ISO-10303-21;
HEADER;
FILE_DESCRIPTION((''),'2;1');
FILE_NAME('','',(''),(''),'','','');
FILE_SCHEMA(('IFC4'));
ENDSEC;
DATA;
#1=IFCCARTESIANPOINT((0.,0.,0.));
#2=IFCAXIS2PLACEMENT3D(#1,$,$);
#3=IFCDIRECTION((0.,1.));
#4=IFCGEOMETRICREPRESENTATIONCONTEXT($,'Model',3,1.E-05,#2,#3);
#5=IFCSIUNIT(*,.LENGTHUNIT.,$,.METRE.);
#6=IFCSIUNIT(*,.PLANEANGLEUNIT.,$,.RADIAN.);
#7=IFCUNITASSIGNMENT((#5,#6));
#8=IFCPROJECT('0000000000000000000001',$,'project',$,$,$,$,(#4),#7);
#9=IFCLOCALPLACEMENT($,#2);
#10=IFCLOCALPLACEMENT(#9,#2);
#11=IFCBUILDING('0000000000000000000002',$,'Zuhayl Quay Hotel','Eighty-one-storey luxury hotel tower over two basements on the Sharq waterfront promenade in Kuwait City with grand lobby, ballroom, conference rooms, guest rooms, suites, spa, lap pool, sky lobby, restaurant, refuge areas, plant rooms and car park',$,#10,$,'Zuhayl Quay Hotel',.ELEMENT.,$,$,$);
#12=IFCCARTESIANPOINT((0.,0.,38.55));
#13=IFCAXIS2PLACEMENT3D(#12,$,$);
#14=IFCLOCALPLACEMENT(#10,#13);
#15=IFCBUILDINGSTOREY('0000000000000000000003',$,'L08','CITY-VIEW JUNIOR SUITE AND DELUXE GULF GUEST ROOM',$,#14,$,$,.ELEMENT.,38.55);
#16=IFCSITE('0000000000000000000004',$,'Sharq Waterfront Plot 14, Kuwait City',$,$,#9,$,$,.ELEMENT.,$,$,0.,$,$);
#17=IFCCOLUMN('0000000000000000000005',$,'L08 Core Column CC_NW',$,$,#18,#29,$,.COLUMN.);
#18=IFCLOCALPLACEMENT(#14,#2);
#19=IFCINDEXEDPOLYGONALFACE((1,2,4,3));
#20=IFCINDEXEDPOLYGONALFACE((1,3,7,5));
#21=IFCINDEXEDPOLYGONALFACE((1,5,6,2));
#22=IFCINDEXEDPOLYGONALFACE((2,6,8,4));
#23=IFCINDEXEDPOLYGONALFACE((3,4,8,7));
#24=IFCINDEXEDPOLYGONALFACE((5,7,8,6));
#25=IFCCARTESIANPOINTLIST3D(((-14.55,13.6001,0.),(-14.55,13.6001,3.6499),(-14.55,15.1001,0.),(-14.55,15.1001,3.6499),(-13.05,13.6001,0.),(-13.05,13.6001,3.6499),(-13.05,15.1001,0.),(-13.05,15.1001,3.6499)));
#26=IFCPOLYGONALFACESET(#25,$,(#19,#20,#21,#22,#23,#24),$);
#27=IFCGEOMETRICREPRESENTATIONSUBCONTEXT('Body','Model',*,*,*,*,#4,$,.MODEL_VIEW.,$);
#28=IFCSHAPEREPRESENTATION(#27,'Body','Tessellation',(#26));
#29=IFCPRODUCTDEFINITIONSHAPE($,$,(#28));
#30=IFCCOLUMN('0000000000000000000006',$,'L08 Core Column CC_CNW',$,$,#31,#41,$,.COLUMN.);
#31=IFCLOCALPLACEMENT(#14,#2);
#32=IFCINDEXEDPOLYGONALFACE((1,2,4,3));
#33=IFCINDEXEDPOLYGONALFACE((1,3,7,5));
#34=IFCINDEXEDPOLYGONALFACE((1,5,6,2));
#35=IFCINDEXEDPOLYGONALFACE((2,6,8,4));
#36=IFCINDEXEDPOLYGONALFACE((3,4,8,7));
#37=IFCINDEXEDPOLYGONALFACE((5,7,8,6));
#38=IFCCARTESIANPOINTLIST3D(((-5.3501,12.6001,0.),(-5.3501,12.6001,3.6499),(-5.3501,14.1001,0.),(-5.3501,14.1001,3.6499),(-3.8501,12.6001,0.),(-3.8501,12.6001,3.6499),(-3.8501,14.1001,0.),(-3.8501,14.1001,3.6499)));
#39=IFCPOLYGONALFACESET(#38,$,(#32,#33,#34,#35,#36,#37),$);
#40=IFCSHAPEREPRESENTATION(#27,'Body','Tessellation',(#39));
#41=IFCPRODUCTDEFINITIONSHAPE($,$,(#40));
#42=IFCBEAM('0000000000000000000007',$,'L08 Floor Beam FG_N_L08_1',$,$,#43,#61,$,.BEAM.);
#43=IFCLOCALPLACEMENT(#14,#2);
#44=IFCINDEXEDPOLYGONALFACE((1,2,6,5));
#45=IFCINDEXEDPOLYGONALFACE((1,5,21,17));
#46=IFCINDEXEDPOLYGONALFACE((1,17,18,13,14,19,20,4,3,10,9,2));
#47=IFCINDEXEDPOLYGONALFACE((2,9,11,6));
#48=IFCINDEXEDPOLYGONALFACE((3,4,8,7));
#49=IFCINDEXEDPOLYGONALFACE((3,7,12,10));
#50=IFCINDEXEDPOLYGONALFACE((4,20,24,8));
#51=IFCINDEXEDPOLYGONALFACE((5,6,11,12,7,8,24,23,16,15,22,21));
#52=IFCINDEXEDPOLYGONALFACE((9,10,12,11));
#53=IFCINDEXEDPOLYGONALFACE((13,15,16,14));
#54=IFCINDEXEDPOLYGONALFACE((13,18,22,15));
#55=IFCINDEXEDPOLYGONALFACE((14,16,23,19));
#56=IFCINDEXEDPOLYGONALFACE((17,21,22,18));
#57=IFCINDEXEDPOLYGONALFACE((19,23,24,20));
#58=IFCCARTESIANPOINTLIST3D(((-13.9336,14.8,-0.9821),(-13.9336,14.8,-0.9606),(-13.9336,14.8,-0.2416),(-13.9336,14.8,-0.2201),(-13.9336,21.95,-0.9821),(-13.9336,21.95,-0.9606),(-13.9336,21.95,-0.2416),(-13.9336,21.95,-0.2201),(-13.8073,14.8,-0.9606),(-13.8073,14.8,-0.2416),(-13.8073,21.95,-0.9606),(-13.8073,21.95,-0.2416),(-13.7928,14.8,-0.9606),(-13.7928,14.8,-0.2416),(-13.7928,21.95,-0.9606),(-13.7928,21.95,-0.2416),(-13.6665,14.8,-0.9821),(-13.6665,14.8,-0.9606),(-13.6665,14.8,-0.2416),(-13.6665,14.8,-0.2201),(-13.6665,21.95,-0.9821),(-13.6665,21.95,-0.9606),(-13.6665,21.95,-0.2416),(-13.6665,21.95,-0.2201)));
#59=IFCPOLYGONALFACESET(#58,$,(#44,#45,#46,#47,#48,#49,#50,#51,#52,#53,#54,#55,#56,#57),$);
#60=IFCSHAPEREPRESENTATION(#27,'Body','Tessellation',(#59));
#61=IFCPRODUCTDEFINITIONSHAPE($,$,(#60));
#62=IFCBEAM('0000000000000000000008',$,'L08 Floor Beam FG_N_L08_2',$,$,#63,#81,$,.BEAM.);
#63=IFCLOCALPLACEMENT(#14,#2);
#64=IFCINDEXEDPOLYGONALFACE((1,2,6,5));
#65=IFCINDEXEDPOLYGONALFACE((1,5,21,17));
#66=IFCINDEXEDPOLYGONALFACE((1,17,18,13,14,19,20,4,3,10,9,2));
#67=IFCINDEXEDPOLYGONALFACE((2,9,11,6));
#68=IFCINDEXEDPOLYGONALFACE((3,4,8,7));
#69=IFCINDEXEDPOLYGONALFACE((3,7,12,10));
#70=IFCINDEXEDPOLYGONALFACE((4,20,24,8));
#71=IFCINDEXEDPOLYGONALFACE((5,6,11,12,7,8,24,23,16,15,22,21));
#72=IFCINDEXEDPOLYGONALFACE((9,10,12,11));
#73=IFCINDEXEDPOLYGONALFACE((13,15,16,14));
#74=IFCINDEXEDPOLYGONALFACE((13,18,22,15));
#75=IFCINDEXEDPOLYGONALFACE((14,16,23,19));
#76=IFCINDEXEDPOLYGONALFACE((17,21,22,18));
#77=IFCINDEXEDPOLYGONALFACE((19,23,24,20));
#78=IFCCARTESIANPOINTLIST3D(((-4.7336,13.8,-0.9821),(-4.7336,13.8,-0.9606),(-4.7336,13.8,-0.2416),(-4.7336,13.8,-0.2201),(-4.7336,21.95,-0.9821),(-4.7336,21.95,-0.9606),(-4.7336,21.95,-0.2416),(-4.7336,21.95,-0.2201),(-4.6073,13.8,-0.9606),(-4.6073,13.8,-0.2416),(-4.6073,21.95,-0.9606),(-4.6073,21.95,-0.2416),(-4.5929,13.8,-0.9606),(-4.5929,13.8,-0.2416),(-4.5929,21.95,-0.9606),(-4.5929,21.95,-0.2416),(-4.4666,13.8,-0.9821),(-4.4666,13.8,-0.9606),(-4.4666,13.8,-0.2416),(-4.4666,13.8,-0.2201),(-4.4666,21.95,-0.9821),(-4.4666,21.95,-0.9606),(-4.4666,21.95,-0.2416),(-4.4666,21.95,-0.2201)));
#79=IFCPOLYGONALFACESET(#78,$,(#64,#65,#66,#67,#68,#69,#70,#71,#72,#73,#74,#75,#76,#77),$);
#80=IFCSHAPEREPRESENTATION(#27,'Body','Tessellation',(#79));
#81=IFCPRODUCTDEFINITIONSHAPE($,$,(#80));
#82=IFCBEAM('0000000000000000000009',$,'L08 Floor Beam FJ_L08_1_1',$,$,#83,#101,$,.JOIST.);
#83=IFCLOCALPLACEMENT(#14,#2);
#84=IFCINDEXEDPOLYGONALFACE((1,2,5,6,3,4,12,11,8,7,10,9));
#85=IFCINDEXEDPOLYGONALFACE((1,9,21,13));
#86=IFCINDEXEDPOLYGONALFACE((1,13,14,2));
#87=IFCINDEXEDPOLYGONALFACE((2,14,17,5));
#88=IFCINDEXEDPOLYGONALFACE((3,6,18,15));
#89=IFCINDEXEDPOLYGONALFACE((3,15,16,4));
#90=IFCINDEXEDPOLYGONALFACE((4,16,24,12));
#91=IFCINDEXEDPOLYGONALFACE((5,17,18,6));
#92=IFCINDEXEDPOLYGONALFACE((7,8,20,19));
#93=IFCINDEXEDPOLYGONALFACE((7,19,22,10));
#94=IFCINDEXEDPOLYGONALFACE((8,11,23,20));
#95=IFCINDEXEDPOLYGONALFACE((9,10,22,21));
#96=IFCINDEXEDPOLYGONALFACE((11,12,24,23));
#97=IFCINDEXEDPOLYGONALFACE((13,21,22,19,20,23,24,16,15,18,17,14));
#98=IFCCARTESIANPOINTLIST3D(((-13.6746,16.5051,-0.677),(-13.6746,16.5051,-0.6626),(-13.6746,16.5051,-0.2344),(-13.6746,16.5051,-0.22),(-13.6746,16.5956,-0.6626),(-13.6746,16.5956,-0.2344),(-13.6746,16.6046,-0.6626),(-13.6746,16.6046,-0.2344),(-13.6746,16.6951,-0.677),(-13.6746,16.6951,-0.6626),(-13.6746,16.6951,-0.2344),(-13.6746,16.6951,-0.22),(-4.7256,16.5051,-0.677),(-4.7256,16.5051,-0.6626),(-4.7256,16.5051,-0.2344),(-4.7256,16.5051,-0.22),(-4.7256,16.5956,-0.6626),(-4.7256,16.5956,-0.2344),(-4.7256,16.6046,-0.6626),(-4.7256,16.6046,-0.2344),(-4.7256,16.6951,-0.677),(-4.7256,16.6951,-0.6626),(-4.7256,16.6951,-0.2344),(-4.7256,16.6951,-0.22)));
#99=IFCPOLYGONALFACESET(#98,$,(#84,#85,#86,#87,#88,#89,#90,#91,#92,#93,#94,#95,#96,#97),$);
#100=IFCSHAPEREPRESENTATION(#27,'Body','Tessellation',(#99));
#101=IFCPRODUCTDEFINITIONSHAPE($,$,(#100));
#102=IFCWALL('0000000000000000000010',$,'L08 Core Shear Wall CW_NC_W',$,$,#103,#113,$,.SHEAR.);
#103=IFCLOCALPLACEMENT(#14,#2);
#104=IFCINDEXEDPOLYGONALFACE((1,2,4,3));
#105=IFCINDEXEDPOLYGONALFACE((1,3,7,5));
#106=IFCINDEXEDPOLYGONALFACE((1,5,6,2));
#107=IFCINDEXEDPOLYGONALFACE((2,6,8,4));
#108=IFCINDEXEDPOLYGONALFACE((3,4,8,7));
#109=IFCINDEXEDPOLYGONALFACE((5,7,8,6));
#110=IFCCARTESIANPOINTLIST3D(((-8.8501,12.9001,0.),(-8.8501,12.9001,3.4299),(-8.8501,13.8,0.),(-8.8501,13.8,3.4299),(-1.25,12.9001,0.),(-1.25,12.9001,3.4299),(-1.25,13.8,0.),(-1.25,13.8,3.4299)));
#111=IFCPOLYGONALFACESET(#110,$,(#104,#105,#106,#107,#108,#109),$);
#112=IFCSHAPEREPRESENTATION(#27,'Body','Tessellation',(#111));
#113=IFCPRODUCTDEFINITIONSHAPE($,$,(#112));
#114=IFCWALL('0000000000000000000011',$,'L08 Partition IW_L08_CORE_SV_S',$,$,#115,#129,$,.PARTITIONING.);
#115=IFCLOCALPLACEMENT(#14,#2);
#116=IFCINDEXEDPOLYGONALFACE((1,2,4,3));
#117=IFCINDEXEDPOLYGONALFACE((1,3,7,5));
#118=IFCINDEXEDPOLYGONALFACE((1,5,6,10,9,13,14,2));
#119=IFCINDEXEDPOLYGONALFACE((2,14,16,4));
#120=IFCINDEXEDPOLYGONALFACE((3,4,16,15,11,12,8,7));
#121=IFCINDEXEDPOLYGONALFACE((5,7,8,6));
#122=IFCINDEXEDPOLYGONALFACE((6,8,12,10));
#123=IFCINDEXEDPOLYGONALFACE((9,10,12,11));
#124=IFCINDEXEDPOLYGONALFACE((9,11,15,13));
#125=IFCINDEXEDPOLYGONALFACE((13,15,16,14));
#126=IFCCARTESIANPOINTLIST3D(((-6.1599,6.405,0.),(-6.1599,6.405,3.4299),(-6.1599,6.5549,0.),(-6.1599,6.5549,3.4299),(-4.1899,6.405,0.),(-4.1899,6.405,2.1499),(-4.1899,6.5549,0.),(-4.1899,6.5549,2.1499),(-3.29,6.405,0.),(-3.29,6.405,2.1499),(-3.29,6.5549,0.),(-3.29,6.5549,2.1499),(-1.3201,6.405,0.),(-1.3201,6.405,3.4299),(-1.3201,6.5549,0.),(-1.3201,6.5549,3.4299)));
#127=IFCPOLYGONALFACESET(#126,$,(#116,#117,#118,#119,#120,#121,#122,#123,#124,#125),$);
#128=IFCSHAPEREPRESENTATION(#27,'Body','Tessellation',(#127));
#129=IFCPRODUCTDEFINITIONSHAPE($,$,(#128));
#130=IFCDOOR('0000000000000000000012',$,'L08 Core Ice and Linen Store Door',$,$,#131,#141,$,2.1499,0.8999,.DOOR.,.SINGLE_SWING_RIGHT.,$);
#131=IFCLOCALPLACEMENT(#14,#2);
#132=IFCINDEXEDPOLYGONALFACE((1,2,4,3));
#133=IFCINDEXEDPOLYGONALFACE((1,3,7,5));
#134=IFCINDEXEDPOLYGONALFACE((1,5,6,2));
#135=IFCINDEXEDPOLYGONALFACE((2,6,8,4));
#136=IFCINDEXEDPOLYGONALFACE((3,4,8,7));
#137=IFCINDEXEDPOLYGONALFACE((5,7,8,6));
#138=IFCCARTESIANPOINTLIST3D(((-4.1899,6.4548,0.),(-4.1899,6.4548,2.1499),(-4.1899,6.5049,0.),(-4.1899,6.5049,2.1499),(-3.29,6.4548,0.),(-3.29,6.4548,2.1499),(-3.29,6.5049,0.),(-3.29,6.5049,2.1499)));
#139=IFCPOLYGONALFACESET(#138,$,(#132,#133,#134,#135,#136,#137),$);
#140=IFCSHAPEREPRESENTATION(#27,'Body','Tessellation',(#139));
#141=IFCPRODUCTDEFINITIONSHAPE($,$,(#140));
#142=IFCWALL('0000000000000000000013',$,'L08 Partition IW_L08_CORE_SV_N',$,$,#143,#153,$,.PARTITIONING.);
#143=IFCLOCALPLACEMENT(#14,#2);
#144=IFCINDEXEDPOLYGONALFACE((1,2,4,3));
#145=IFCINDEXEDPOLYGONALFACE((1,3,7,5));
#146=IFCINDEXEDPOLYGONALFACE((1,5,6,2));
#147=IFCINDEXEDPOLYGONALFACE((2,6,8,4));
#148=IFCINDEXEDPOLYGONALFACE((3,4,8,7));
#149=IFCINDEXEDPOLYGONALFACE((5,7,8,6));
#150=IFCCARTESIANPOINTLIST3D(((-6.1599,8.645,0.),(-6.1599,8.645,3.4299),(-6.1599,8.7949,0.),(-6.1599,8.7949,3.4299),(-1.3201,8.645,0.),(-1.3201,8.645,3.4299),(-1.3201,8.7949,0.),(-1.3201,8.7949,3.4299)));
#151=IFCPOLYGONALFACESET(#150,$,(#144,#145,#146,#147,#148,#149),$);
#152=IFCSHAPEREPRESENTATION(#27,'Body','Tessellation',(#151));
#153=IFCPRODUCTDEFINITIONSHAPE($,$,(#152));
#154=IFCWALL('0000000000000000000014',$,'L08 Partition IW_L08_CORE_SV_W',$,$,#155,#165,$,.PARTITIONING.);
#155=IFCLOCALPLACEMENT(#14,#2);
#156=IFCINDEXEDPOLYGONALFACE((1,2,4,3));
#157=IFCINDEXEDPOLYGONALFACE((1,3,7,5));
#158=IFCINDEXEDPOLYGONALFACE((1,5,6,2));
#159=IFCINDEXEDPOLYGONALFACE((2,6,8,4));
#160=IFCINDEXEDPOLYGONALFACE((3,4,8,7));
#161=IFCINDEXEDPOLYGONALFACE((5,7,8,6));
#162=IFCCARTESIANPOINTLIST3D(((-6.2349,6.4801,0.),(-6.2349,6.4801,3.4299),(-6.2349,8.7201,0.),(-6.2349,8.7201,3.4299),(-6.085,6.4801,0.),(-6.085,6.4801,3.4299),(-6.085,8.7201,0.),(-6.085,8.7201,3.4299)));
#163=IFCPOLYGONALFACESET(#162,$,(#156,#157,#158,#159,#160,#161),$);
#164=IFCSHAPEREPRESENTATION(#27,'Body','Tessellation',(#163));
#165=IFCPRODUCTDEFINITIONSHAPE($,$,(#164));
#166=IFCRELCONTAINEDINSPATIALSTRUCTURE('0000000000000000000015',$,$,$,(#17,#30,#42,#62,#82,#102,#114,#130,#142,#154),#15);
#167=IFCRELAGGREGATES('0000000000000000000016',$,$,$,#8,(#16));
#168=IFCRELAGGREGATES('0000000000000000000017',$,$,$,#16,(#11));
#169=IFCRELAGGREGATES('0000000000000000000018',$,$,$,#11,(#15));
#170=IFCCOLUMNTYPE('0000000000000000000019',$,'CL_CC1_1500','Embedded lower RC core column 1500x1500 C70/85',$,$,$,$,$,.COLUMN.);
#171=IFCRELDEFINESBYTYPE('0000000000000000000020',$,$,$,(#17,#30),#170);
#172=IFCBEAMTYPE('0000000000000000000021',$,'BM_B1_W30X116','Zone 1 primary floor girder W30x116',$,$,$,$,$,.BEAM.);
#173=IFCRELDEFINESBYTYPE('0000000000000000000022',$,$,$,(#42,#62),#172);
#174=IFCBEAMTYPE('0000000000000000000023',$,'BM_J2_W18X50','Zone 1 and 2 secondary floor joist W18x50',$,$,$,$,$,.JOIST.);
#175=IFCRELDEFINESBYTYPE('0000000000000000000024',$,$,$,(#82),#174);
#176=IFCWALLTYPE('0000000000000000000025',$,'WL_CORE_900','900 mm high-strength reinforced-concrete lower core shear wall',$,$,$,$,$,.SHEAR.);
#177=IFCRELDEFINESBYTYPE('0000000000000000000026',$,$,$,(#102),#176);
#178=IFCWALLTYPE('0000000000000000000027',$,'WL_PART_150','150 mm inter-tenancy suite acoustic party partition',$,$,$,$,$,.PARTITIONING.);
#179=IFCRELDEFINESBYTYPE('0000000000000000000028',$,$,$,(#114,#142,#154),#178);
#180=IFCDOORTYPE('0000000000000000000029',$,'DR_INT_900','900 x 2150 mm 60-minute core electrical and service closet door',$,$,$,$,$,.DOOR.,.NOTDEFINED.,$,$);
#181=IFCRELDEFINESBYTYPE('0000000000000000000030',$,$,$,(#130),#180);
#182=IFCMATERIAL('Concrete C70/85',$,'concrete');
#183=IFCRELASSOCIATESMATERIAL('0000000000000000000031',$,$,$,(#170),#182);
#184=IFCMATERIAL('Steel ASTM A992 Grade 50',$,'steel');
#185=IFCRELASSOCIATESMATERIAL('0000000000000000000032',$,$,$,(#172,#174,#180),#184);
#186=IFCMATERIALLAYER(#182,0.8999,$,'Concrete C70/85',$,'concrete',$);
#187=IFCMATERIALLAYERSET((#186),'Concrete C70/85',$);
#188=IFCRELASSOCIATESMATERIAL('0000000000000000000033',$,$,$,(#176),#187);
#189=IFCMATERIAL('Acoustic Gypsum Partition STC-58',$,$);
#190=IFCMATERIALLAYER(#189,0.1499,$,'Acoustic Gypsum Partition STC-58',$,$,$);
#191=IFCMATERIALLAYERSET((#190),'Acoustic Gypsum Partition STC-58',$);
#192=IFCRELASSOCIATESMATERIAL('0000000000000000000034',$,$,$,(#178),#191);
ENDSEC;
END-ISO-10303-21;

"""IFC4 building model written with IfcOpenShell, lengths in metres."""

from ifc_helpers import new_model, si_unit, direction, frame, frame_2d, origin, origin_2d, place, context, subcontext, project, spatial, rectangle, i_section, extrude, material, layer, layer_set, material_profile, profile_set, type_object, element, fill, save


model = new_model("IFC4")

# Units and contexts
model_context = context("Model", 3, precision=1e-05, world=origin(), true_north=direction((0.0, 1.0)))
body_context = subcontext(model_context, "Body", "Model", "MODEL_VIEW")
ifc_project = project(units=[si_unit("LENGTHUNIT", "METRE"), si_unit("PLANEANGLEUNIT", "RADIAN")], contexts=[model_context])

# Site, building, storey
site_placement = place(None, origin())
site = spatial("IfcSite", under=ifc_project, at=site_placement, Name="Sharq Waterfront Plot 14, Kuwait City", CompositionType="ELEMENT", RefElevation=0.0)
building_placement = place(site_placement, origin())
building = spatial("IfcBuilding", under=site, at=building_placement, Name="Zuhayl Quay Hotel", Description="Eighty-one-storey luxury hotel tower over two basements on the Sharq waterfront promenade in Kuwait City with grand lobby, ballroom, conference rooms, guest rooms, suites, spa, lap pool, sky lobby, restaurant, refuge areas, plant rooms and car park", LongName="Zuhayl Quay Hotel", CompositionType="ELEMENT")
storey_placement = place(building_placement, frame((0.0, 0.0, 38.55)))
storey = spatial("IfcBuildingStorey", under=building, at=storey_placement, Name="L08", Description="CITY-VIEW JUNIOR SUITE AND DELUXE GULF GUEST ROOM", CompositionType="ELEMENT", Elevation=38.55)

# Columns
ifc_material_1 = material(Name="Concrete C70/85", Category="concrete")
ifc_material_profile_1 = material_profile(ifc_material_1, rectangle(XDim=1.5, YDim=1.5, at=origin_2d()), Name="RC1500X1500")
ifc_profile_set_1 = profile_set([ifc_material_profile_1], Name="Concrete C70/85")
column_type = type_object("IfcColumnType", Name="CL_CC1_1500", Description="Embedded lower RC core column 1500x1500 C70/85", PredefinedType="COLUMN", material=ifc_profile_set_1)
for number, where, z_axis, x_axis, name in (
    (1, (-13.8, 14.3501, 0.0), (0.0, 0.0, 1.0), (1.0, 0.0, 0.0), "L08 Core Column CC_NW"),
    (2, (-4.6001, 13.3501, 0.0), (0.0, 0.0, 1.0), (1.0, 0.0, 0.0), "L08 Core Column CC_CNW"),
):
    element("IfcColumn", number, at=place(storey_placement, frame(where, z_axis=z_axis, x_axis=x_axis)), inside=storey, type_object=column_type, Name=name, PredefinedType="COLUMN", context=body_context, shape_type="SweptSolid", body=[
        extrude(rectangle(XDim=1.5, YDim=1.5, at=origin_2d()), origin(), (0.0, 0.0, 1.0), 3.6499),
    ])

# Beams
ifc_material_2 = material(Name="Steel ASTM A992 Grade 50", Category="steel")
ifc_material_profile_2 = material_profile(ifc_material_2, i_section(OverallWidth=0.2671, OverallDepth=0.762, WebThickness=0.0144, FlangeThickness=0.0215, at=origin_2d()), Name="W30X116")
ifc_profile_set_2 = profile_set([ifc_material_profile_2], Name="Steel ASTM A992 Grade 50")
beam_type_1 = type_object("IfcBeamType", Name="BM_B1_W30X116", Description="Zone 1 primary floor girder W30x116", PredefinedType="BEAM", material=ifc_profile_set_2)
beam_1_placement = place(storey_placement, frame((-13.8, 14.8, -0.6011), z_axis=(0.0, 1.0, 0.0), x_axis=(-1.0, 0.0, 0.0)))
element("IfcBeam", 3, at=beam_1_placement, inside=storey, type_object=beam_type_1, Name="L08 Floor Beam FG_N_L08_1", PredefinedType="BEAM", context=body_context, shape_type="SweptSolid", body=[
    extrude(i_section(OverallWidth=0.2671, OverallDepth=0.762, WebThickness=0.0144, FlangeThickness=0.0215, at=origin_2d()), origin(), (0.0, 0.0, 1.0), 7.1499),
])
beam_2_placement = place(storey_placement, frame((-4.6001, 13.8, -0.6011), z_axis=(0.0, 1.0, 0.0), x_axis=(-1.0, 0.0, 0.0)))
element("IfcBeam", 4, at=beam_2_placement, inside=storey, type_object=beam_type_1, Name="L08 Floor Beam FG_N_L08_2", PredefinedType="BEAM", context=body_context, shape_type="SweptSolid", body=[
    extrude(i_section(OverallWidth=0.2671, OverallDepth=0.762, WebThickness=0.0144, FlangeThickness=0.0215, at=origin_2d()), origin(), (0.0, 0.0, 1.0), 8.1499),
])
ifc_material_profile_3 = material_profile(ifc_material_2, i_section(OverallWidth=0.1899, OverallDepth=0.457, WebThickness=0.009, FlangeThickness=0.0144, at=origin_2d()), Name="W18X50")
ifc_profile_set_3 = profile_set([ifc_material_profile_3], Name="Steel ASTM A992 Grade 50")
beam_type_2 = type_object("IfcBeamType", Name="BM_J2_W18X50", Description="Zone 1 and 2 secondary floor joist W18x50", PredefinedType="JOIST", material=ifc_profile_set_3)
beam_3_placement = place(storey_placement, frame((-13.6746, 16.6001, -0.4485), z_axis=(1.0, 0.0, 0.0), x_axis=(0.0, 1.0, 0.0)))
element("IfcBeam", 5, at=beam_3_placement, inside=storey, type_object=beam_type_2, Name="L08 Floor Beam FJ_L08_1_1", PredefinedType="JOIST", context=body_context, shape_type="SweptSolid", body=[
    extrude(i_section(OverallWidth=0.1899, OverallDepth=0.457, WebThickness=0.009, FlangeThickness=0.0144, at=origin_2d()), origin(), (0.0, 0.0, 1.0), 8.949),
])

# Wall
ifc_layer_1 = layer(ifc_material_1, 0.8999, Name="Concrete C70/85", Category="concrete")
ifc_layer_set_1 = layer_set([ifc_layer_1], Name="Concrete C70/85")
wall_type_1 = type_object("IfcWallType", Name="WL_CORE_900", Description="900 mm high-strength reinforced-concrete lower core shear wall", PredefinedType="SHEAR", material=ifc_layer_set_1)
wall_1_placement = place(storey_placement, frame((-8.8501, 13.3501, 0.0), z_axis=(0.0, 0.0, 1.0), x_axis=(1.0, 0.0, 0.0)))
element("IfcWall", 6, at=wall_1_placement, inside=storey, type_object=wall_type_1, Name="L08 Core Shear Wall CW_NC_W", PredefinedType="SHEAR", context=body_context, shape_type="SweptSolid", body=[
    extrude(rectangle(XDim=7.6001, YDim=0.8999, at=frame_2d((3.8, 0.0))), origin(), (0.0, 0.0, 1.0), 3.4299),
])

# Wall, opening, door
ifc_material_3 = material(Name="Acoustic Gypsum Partition STC-58")
ifc_layer_2 = layer(ifc_material_3, 0.1499, Name="Acoustic Gypsum Partition STC-58")
ifc_layer_set_2 = layer_set([ifc_layer_2], Name="Acoustic Gypsum Partition STC-58")
wall_type_2 = type_object("IfcWallType", Name="WL_PART_150", Description="150 mm inter-tenancy suite acoustic party partition", PredefinedType="PARTITIONING", material=ifc_layer_set_2)
wall_2_placement = place(storey_placement, frame((-6.1599, 6.48, 0.0), z_axis=(0.0, 0.0, 1.0), x_axis=(1.0, 0.0, 0.0)))
wall_2 = element("IfcWall", 7, at=wall_2_placement, inside=storey, type_object=wall_type_2, Name="L08 Partition IW_L08_CORE_SV_S", PredefinedType="PARTITIONING", context=body_context, shape_type="SweptSolid", body=[
    extrude(rectangle(XDim=4.8398, YDim=0.1499, at=frame_2d((2.4199, 0.0))), origin(), (0.0, 0.0, 1.0), 3.4299),
])
opening_1_placement = place(wall_2_placement, frame((1.97, 0.0, 0.0)))
opening_1 = element("IfcOpeningElement", 8, at=opening_1_placement, cuts=wall_2, PredefinedType="OPENING", context=body_context, shape_type="SweptSolid", body=[
    extrude(rectangle(XDim=0.8999, YDim=2.1499, at=frame_2d((0.45, 1.075))), frame((0.0, 0.085, 0.0), z_axis=(0.0, -1.0, 0.0), x_axis=(1.0, 0.0, 0.0)), (0.0, 0.0, 1.0), 0.1699),
])
door_type_1 = type_object("IfcDoorType", Name="DR_INT_900", Description="900 x 2150 mm 60-minute core electrical and service closet door", OperationType="NOTDEFINED", PredefinedType="DOOR", material=ifc_material_2)
door_1_placement = place(opening_1_placement, origin())
door_1 = element("IfcDoor", 9, at=door_1_placement, inside=storey, type_object=door_type_1, Name="L08 Core Ice and Linen Store Door", OperationType="SINGLE_SWING_RIGHT", OverallHeight=2.1499, OverallWidth=0.8999, PredefinedType="DOOR", context=body_context, shape_type="SweptSolid", body=[
    extrude(rectangle(XDim=0.8999, YDim=2.1499, at=frame_2d((0.45, 1.075))), frame((0.0, 0.0249, 0.0), z_axis=(0.0, -1.0, 0.0), x_axis=(1.0, 0.0, 0.0)), (0.0, 0.0, 1.0), 0.05),
])
fill(opening_1, door_1)

# Walls
wall_3_placement = place(storey_placement, frame((-6.1599, 8.72, 0.0), z_axis=(0.0, 0.0, 1.0), x_axis=(1.0, 0.0, 0.0)))
element("IfcWall", 10, at=wall_3_placement, inside=storey, type_object=wall_type_2, Name="L08 Partition IW_L08_CORE_SV_N", PredefinedType="PARTITIONING", context=body_context, shape_type="SweptSolid", body=[
    extrude(rectangle(XDim=4.8398, YDim=0.1499, at=frame_2d((2.4199, 0.0))), origin(), (0.0, 0.0, 1.0), 3.4299),
])
wall_4_placement = place(storey_placement, frame((-6.1599, 6.48, 0.0), z_axis=(0.0, 0.0, 1.0), x_axis=(0.0, 1.0, 0.0)))
element("IfcWall", 11, at=wall_4_placement, inside=storey, type_object=wall_type_2, Name="L08 Partition IW_L08_CORE_SV_W", PredefinedType="PARTITIONING", context=body_context, shape_type="SweptSolid", body=[
    extrude(rectangle(XDim=2.24, YDim=0.1499, at=frame_2d((1.1201, 0.0))), origin(), (0.0, 0.0, 1.0), 3.4299),
])

save(model, "model.ifc")
